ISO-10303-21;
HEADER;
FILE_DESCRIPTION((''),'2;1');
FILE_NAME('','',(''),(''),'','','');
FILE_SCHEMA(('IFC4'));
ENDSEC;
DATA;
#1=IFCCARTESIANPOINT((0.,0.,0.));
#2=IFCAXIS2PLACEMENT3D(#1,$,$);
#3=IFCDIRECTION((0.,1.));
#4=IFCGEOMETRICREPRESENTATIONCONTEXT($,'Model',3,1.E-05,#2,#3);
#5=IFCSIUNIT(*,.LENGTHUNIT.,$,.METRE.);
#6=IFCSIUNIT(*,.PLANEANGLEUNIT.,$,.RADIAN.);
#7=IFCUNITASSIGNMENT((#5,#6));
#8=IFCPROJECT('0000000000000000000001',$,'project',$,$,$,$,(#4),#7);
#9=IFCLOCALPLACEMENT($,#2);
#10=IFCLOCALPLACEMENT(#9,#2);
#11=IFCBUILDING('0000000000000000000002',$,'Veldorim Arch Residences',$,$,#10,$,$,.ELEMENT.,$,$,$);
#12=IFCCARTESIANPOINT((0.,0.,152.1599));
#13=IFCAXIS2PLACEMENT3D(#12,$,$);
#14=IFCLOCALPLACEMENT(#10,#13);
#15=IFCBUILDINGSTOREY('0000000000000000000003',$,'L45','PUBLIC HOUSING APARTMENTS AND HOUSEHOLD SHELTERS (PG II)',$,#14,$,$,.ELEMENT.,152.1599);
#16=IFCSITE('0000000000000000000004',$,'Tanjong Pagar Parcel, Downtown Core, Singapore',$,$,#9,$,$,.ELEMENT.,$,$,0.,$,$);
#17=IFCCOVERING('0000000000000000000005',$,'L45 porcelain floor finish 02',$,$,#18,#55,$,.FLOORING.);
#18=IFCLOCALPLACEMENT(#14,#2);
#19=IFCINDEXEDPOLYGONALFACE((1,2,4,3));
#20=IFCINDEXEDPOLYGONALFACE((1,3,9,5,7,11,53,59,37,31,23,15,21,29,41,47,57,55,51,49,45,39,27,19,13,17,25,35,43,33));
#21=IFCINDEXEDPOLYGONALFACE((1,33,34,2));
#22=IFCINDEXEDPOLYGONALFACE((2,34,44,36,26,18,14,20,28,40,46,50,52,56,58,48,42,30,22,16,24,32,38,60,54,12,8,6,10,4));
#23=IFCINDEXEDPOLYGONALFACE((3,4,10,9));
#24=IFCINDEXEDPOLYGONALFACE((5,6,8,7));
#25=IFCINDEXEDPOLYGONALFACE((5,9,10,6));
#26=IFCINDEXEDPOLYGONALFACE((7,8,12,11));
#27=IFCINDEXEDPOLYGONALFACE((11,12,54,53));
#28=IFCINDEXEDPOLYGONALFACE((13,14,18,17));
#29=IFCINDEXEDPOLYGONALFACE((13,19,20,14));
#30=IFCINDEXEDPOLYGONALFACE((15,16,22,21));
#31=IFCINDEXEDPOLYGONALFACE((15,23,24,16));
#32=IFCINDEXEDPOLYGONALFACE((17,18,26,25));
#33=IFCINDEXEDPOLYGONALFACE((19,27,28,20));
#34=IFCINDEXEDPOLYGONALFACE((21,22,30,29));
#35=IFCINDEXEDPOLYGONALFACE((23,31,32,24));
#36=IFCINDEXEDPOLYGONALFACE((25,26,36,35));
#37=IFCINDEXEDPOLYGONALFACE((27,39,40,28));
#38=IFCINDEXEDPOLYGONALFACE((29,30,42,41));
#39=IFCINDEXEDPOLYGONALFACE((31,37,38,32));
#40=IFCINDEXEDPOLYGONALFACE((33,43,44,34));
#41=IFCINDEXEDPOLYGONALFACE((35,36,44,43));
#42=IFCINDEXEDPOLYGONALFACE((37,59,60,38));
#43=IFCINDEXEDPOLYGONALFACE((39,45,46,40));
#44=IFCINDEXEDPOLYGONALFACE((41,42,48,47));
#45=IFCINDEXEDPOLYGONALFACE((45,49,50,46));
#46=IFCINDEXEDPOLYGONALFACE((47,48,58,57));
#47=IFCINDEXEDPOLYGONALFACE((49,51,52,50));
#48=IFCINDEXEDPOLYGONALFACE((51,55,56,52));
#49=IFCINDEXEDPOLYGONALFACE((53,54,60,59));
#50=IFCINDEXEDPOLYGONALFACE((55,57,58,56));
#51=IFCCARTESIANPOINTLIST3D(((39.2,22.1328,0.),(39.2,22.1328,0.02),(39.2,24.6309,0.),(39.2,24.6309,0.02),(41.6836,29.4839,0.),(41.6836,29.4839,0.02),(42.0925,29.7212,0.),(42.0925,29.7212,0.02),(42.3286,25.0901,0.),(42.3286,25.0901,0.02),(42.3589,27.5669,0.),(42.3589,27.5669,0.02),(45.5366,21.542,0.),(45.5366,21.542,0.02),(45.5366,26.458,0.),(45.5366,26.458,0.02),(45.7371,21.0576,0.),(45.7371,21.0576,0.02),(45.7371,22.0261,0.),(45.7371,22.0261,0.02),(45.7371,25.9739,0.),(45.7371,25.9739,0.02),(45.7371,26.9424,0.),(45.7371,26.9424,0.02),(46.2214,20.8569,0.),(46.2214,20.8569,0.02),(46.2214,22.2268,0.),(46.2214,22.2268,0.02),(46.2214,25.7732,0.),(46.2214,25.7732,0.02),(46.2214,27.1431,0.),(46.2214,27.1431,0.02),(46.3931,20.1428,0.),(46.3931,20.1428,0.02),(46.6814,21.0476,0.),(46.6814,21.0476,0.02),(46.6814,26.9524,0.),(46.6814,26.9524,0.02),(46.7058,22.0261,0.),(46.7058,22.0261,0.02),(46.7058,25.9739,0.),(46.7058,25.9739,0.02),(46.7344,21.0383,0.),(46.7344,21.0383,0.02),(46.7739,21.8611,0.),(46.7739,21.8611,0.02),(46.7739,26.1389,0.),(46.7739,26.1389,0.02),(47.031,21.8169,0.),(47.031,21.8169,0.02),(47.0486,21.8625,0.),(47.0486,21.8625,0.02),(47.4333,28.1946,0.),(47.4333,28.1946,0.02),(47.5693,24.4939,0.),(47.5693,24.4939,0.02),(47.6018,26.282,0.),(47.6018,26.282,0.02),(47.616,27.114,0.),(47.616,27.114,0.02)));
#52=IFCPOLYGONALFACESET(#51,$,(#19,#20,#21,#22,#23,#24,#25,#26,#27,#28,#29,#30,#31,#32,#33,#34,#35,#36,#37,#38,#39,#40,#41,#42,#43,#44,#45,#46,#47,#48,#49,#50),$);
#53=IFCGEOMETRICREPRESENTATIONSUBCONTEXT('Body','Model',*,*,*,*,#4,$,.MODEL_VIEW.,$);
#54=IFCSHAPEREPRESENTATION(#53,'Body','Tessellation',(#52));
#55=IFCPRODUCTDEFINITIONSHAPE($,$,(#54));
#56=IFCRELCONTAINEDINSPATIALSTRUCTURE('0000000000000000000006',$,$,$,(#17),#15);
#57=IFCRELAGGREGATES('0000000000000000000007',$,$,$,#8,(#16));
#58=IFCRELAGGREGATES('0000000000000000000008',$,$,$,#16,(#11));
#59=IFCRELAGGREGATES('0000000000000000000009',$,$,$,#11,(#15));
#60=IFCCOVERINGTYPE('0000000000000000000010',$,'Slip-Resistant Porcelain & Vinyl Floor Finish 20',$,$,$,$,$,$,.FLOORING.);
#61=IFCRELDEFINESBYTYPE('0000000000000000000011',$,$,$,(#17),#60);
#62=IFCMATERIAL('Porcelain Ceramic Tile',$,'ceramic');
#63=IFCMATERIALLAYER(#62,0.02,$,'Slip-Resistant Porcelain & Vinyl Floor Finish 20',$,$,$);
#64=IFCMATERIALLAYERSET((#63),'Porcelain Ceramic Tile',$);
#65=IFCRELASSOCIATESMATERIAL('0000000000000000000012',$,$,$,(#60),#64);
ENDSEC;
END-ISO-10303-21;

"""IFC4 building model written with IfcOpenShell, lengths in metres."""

from ifc_helpers import new_model, si_unit, direction, frame, origin, place, context, subcontext, project, spatial, polyline, outline, extrude, material, layer, layer_set, type_object, element, save


model = new_model("IFC4")

# Units and contexts
model_context = context("Model", 3, precision=1e-05, world=origin(), true_north=direction((0.0, 1.0)))
body_context = subcontext(model_context, "Body", "Model", "MODEL_VIEW")
ifc_project = project(units=[si_unit("LENGTHUNIT", "METRE"), si_unit("PLANEANGLEUNIT", "RADIAN")], contexts=[model_context])

# Site, building, storey
site_placement = place(None, origin())
site = spatial("IfcSite", under=ifc_project, at=site_placement, Name="Tanjong Pagar Parcel, Downtown Core, Singapore", CompositionType="ELEMENT", RefElevation=0.0)
building_placement = place(site_placement, origin())
building = spatial("IfcBuilding", under=site, at=building_placement, Name="Veldorim Arch Residences", CompositionType="ELEMENT")
storey_placement = place(building_placement, frame((0.0, 0.0, 152.1599)))
storey = spatial("IfcBuildingStorey", under=building, at=storey_placement, Name="L45", Description="PUBLIC HOUSING APARTMENTS AND HOUSEHOLD SHELTERS (PG II)", CompositionType="ELEMENT", Elevation=152.1599)

# Covering
ifc_material_1 = material(Name="Porcelain Ceramic Tile", Category="ceramic")
ifc_layer_1 = layer(ifc_material_1, 0.02, Name="Slip-Resistant Porcelain & Vinyl Floor Finish 20")
ifc_layer_set_1 = layer_set([ifc_layer_1], Name="Porcelain Ceramic Tile")
covering_type_1 = type_object("IfcCoveringType", Name="Slip-Resistant Porcelain & Vinyl Floor Finish 20", PredefinedType="FLOORING", material=ifc_layer_set_1)
covering_1_placement = place(storey_placement, origin())
element("IfcCovering", 1, at=covering_1_placement, inside=storey, type_object=covering_type_1, Name="L45 porcelain floor finish 02", PredefinedType="FLOORING", context=body_context, shape_type="SweptSolid", body=[
    extrude(outline(polyline([(46.7344, 21.0383), (46.3931, 20.1428), (39.2, 22.1328), (39.2, 24.6309), (42.3286, 25.0901), (41.6836, 29.4839), (42.0925, 29.7212), (42.3589, 27.5669), (47.4333, 28.1946), (47.616, 27.114), (46.6814, 26.9524), (46.2214, 27.1431), (45.7371, 26.9424), (45.5366, 26.458), (45.7371, 25.9739), (46.2214, 25.7732), (46.7058, 25.9739), (46.7739, 26.1389), (47.6018, 26.282), (47.5693, 24.4939), (47.0486, 21.8625), (47.031, 21.8169), (46.7739, 21.8611), (46.7058, 22.0261), (46.2214, 22.2268), (45.7371, 22.0261), (45.5366, 21.542), (45.7371, 21.0576), (46.2214, 20.8569), (46.6814, 21.0476), (46.7344, 21.0383)])), origin(), (0.0, 0.0, 1.0), 0.02),
])

save(model, "model.ifc")
